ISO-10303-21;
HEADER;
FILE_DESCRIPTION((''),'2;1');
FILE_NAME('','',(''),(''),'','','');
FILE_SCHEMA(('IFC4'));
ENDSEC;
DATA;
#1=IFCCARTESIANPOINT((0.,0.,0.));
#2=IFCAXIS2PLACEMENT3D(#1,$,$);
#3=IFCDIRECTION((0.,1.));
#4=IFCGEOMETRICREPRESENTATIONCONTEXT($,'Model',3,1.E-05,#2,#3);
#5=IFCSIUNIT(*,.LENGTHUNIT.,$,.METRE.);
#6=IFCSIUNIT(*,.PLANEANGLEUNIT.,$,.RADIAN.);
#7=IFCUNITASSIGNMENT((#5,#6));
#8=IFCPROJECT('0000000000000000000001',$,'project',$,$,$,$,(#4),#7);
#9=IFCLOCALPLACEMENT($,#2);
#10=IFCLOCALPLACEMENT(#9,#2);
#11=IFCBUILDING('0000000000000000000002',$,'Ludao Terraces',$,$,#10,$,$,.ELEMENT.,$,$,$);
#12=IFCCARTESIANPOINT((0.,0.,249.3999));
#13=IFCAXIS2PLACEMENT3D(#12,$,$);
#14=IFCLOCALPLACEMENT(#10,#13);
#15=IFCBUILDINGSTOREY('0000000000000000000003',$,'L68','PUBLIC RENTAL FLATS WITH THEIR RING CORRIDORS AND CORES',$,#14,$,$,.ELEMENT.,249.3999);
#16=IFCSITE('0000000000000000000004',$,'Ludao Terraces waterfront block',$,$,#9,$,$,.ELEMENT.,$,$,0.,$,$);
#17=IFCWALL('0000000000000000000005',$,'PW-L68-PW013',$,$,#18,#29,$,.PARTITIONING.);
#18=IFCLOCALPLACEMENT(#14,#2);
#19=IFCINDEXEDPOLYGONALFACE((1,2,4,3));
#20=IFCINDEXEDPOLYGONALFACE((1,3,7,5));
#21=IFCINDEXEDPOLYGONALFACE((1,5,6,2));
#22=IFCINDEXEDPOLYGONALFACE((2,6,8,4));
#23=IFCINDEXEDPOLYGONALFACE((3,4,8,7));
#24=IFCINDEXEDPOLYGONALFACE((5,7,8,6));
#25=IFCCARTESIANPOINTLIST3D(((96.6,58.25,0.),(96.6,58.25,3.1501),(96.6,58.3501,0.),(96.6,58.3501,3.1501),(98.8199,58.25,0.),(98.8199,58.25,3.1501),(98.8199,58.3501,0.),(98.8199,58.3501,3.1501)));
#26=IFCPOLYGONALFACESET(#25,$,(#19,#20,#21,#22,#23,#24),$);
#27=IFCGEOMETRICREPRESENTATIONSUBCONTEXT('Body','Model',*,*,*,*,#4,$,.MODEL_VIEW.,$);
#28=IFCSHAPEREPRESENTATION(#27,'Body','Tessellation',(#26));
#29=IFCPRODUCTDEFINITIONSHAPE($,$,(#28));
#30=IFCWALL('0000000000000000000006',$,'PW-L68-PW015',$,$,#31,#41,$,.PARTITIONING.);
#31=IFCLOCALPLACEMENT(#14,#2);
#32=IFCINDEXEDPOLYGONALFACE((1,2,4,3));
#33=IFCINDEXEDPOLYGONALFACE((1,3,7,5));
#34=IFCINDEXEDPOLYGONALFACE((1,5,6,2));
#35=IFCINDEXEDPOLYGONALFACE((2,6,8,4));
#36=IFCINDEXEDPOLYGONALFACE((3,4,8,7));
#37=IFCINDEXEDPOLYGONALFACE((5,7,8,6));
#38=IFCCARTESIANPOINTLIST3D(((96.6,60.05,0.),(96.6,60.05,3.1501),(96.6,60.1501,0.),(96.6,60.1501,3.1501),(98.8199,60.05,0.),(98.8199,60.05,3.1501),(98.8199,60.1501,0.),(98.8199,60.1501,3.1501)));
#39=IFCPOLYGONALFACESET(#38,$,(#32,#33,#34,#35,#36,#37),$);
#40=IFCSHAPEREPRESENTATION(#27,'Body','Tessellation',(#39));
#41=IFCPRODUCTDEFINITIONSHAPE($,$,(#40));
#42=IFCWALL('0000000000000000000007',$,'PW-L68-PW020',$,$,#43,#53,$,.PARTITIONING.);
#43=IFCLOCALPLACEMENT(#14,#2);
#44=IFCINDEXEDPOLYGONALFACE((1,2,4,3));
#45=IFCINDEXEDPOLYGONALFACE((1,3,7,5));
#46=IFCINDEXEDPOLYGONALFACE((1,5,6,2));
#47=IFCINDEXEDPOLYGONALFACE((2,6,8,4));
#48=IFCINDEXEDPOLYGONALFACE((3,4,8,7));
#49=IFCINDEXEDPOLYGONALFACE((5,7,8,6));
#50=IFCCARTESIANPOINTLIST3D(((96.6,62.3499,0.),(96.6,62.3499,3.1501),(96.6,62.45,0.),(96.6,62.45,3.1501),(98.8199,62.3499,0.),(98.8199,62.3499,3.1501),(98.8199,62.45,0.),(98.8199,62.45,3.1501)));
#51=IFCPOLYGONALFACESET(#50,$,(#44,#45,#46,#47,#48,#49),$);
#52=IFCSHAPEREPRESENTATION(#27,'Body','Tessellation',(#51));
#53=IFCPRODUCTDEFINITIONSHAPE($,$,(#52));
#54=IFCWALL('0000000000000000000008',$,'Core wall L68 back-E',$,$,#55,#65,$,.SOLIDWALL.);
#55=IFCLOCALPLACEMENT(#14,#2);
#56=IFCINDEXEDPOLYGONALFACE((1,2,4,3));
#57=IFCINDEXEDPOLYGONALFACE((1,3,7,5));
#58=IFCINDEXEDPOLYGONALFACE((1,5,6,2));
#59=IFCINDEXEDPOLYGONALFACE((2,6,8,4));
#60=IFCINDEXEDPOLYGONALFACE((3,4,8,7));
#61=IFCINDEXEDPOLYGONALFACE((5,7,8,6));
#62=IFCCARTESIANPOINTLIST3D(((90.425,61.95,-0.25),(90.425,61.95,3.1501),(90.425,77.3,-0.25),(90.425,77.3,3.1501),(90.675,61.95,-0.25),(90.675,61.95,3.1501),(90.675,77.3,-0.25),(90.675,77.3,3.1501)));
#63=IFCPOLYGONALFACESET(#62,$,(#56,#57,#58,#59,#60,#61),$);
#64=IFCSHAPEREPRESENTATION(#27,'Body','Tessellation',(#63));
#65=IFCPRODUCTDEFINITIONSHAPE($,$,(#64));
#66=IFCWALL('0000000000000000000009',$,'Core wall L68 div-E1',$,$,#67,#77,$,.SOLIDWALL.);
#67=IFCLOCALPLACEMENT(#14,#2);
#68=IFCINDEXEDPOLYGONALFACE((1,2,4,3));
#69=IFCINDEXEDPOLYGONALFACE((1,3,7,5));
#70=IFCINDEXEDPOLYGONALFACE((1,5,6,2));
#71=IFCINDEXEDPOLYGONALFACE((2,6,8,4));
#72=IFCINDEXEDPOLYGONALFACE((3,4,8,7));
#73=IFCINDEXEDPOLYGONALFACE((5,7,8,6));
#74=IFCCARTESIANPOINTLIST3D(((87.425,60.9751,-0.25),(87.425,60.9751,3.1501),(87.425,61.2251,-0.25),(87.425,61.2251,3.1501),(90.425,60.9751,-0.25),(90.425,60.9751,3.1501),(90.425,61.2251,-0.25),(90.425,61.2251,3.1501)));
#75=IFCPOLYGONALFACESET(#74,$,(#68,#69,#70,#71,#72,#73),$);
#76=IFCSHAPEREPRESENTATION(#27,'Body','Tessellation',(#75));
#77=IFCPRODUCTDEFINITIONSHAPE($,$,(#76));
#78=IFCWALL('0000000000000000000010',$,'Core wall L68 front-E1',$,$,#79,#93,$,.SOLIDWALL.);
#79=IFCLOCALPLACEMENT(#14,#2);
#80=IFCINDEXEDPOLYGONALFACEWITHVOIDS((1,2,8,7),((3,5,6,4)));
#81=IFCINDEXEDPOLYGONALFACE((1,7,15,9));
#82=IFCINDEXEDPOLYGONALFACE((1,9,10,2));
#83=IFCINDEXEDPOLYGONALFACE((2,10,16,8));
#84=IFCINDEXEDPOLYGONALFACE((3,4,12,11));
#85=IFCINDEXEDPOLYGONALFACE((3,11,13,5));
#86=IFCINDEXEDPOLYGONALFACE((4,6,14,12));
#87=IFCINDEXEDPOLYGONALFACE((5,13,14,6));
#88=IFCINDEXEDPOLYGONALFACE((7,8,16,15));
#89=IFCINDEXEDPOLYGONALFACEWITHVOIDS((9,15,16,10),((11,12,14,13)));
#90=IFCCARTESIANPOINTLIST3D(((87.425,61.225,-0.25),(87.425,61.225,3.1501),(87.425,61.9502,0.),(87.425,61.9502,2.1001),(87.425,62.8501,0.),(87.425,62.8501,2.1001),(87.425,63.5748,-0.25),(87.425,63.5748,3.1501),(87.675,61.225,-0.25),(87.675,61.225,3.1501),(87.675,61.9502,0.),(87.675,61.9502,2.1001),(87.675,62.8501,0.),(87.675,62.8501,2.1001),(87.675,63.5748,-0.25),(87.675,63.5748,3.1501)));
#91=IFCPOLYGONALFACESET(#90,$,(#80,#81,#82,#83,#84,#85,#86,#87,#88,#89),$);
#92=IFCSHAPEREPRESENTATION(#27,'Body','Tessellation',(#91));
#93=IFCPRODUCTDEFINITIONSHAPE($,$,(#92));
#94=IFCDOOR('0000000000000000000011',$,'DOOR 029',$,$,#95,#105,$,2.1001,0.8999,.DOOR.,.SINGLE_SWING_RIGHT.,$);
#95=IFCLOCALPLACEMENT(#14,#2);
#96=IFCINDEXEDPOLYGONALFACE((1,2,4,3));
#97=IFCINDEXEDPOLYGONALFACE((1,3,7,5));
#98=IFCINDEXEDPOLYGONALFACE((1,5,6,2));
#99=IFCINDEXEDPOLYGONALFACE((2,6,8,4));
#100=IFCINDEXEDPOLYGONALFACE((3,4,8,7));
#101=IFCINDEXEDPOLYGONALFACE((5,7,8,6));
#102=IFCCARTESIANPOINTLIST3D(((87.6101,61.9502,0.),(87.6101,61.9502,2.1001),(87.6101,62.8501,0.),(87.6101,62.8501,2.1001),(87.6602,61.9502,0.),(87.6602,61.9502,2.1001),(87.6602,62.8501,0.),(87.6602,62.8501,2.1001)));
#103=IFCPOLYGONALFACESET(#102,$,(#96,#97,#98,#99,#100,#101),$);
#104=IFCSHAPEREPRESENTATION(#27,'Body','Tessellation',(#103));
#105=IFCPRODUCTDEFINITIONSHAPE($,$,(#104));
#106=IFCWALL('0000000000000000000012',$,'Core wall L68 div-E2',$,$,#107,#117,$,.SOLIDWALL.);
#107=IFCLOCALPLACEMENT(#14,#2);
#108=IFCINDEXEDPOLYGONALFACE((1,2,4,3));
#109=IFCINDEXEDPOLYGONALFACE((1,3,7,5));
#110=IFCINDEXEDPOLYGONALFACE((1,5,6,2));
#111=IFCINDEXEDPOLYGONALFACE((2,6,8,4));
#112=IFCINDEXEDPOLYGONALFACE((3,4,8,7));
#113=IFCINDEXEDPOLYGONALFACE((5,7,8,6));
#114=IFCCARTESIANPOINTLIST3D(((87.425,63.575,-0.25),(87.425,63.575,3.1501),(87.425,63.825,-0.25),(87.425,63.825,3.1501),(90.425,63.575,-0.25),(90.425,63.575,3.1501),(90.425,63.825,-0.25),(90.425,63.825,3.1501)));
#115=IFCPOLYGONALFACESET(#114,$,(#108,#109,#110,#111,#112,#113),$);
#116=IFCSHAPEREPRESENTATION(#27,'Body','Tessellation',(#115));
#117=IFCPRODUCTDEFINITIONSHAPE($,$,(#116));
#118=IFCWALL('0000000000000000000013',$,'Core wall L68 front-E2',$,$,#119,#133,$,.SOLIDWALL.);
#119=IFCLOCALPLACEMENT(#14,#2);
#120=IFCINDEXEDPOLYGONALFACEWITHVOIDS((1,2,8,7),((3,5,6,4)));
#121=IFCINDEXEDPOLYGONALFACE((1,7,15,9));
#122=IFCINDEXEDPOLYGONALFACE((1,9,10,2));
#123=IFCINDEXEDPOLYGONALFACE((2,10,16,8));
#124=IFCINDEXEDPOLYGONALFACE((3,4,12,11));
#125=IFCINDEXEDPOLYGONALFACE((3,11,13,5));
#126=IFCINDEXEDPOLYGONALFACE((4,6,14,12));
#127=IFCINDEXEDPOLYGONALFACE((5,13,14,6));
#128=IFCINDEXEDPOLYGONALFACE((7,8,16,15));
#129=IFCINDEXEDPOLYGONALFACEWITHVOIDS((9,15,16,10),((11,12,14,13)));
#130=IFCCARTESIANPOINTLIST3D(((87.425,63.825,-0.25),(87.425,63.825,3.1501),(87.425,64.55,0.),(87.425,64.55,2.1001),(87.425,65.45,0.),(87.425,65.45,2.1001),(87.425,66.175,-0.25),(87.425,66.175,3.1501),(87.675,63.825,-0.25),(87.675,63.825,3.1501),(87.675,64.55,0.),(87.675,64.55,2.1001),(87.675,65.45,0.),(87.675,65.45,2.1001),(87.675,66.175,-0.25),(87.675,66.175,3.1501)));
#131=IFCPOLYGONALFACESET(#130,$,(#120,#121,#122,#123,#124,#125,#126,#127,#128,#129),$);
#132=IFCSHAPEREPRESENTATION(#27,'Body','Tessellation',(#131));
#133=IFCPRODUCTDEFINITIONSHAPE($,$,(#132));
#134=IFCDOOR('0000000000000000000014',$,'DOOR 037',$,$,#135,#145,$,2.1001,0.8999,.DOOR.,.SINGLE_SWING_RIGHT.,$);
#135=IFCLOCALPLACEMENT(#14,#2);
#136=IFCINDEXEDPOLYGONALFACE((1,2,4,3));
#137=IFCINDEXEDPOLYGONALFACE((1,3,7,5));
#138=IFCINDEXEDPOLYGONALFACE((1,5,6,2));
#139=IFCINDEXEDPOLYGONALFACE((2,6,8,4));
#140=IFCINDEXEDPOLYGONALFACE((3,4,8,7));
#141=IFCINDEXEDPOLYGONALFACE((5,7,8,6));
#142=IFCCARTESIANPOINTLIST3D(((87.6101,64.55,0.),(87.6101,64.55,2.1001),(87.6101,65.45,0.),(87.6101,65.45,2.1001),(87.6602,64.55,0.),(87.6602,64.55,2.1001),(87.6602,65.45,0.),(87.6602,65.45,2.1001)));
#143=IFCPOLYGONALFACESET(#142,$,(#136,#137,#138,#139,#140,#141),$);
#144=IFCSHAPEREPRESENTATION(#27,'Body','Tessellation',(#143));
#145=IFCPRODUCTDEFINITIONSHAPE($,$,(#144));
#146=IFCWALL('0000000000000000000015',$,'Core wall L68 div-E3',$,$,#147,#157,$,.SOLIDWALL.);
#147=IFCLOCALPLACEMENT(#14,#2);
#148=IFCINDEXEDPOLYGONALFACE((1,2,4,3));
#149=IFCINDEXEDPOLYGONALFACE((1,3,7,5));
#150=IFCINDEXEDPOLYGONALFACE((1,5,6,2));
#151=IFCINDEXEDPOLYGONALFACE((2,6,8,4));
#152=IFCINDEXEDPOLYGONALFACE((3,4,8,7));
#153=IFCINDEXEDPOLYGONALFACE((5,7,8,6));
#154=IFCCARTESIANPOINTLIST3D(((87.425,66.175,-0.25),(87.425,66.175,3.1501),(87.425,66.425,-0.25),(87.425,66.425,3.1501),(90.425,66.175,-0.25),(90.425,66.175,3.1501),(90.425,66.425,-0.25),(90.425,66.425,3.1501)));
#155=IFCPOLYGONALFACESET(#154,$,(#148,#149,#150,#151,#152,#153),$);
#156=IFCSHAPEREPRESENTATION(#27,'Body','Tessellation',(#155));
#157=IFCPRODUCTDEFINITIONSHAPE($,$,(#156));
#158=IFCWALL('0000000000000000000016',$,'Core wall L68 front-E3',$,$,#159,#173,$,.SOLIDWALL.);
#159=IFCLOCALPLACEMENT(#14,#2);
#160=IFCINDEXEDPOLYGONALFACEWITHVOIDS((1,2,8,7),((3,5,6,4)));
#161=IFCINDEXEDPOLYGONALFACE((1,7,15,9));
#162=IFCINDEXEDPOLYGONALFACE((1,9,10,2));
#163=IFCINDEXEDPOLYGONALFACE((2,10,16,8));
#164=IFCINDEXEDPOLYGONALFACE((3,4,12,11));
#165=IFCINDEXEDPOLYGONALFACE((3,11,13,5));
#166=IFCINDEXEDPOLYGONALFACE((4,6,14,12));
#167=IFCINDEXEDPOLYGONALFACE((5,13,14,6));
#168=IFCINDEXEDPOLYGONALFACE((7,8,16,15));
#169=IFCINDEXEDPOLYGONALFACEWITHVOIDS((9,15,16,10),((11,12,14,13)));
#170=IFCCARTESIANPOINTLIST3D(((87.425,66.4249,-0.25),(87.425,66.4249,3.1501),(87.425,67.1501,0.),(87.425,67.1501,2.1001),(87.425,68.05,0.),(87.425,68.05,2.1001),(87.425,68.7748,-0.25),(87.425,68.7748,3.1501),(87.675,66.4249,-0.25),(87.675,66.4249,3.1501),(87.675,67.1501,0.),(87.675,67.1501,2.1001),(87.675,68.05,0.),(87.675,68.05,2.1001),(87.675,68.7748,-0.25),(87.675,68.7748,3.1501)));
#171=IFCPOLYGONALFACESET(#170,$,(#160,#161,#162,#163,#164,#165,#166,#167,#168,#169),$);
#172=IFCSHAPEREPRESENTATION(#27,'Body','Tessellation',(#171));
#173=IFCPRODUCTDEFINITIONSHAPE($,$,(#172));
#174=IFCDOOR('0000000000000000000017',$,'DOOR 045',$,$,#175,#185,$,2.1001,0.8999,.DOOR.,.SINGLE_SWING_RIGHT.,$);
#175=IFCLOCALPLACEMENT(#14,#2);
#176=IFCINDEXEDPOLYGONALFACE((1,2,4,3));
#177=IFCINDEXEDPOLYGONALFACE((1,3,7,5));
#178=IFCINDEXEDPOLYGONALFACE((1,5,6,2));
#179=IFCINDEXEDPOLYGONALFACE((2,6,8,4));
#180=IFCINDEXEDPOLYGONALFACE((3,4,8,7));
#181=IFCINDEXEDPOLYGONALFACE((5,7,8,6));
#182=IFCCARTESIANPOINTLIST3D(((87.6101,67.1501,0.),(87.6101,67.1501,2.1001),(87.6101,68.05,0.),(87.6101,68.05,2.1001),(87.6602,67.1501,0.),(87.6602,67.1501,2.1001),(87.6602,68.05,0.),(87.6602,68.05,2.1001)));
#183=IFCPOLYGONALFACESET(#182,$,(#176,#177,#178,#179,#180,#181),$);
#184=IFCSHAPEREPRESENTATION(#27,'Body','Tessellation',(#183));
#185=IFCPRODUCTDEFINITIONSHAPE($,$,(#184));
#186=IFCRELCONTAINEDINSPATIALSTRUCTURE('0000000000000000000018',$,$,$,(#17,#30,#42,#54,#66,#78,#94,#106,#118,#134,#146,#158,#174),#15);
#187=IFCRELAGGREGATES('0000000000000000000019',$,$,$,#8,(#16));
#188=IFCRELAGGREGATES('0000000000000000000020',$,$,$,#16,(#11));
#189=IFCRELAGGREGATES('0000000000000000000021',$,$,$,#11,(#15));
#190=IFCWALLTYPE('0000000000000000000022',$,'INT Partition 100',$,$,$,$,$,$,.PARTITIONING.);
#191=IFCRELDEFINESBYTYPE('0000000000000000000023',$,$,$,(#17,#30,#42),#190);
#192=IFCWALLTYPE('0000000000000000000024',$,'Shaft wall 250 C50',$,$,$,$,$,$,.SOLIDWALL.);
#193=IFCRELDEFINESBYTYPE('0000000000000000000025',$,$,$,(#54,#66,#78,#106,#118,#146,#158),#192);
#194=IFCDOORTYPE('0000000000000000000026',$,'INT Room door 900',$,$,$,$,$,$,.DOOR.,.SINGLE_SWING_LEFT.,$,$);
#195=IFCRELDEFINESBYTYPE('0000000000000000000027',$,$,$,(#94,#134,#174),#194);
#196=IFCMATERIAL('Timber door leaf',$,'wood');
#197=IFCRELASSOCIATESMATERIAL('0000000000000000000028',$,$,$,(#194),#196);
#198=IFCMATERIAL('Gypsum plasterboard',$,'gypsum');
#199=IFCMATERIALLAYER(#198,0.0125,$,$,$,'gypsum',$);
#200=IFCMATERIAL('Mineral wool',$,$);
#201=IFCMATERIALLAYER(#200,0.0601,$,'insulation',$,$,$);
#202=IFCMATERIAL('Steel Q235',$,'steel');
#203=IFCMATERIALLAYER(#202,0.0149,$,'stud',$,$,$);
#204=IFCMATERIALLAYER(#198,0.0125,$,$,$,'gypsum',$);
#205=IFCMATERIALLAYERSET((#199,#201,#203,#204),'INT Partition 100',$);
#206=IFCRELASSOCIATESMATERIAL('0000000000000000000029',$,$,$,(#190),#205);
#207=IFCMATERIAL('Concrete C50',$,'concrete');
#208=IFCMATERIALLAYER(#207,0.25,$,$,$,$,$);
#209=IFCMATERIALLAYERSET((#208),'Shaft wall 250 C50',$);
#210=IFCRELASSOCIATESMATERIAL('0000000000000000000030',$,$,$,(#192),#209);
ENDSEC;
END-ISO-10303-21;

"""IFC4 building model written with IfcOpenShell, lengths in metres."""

from ifc_helpers import new_model, si_unit, direction, frame, frame_2d, origin, place, context, subcontext, project, spatial, rectangle, extrude, material, layer, layer_set, type_object, element, fill, save


model = new_model("IFC4")

# Units and contexts
model_context = context("Model", 3, precision=1e-05, world=origin(), true_north=direction((0.0, 1.0)))
body_context = subcontext(model_context, "Body", "Model", "MODEL_VIEW")
ifc_project = project(units=[si_unit("LENGTHUNIT", "METRE"), si_unit("PLANEANGLEUNIT", "RADIAN")], contexts=[model_context])

# Site, building, storey
site_placement = place(None, origin())
site = spatial("IfcSite", under=ifc_project, at=site_placement, Name="Ludao Terraces waterfront block", CompositionType="ELEMENT", RefElevation=0.0)
building_placement = place(site_placement, origin())
building = spatial("IfcBuilding", under=site, at=building_placement, Name="Ludao Terraces", CompositionType="ELEMENT")
storey_placement = place(building_placement, frame((0.0, 0.0, 249.3999)))
storey = spatial("IfcBuildingStorey", under=building, at=storey_placement, Name="L68", Description="PUBLIC RENTAL FLATS WITH THEIR RING CORRIDORS AND CORES", CompositionType="ELEMENT", Elevation=249.3999)

# Shared definitions
ifc_material_1 = material(Name="Concrete C50", Category="concrete")
ifc_material_2 = material(Name="Steel Q235", Category="steel")
ifc_material_3 = material(Name="Timber door leaf", Category="wood")
door_type_1 = type_object("IfcDoorType", Name="INT Room door 900", OperationType="SINGLE_SWING_LEFT", PredefinedType="DOOR", material=ifc_material_3)

# Shared definitions
ifc_material_4 = material(Name="Mineral wool")

# Walls
ifc_material_5 = material(Name="Gypsum plasterboard", Category="gypsum")
ifc_layer_1 = layer(ifc_material_5, 0.0125, Category="gypsum")
ifc_layer_2 = layer(ifc_material_4, 0.0601, Name="insulation")
ifc_layer_3 = layer(ifc_material_2, 0.0149, Name="stud")
ifc_layer_4 = layer(ifc_material_5, 0.0125, Category="gypsum")
ifc_layer_set_1 = layer_set([ifc_layer_1, ifc_layer_2, ifc_layer_3, ifc_layer_4], Name="INT Partition 100")
wall_type_1 = type_object("IfcWallType", Name="INT Partition 100", PredefinedType="PARTITIONING", material=ifc_layer_set_1)
for number, where, z_axis, x_axis, name in (
    (1, (96.6001, 58.3, 0.0), (0.0, 0.0, 1.0), (1.0, 0.0, 0.0), "PW-L68-PW013"),
    (2, (96.6001, 60.1001, 0.0), (0.0, 0.0, 1.0), (1.0, 0.0, 0.0), "PW-L68-PW015"),
    (3, (96.6001, 62.3999, 0.0), (0.0, 0.0, 1.0), (1.0, 0.0, 0.0), "PW-L68-PW020"),
):
    element("IfcWall", number, at=place(storey_placement, frame(where, z_axis=z_axis, x_axis=x_axis)), inside=storey, type_object=wall_type_1, Name=name, PredefinedType="PARTITIONING", context=body_context, shape_type="SweptSolid", body=[
        extrude(rectangle(XDim=2.22, YDim=0.1001, at=frame_2d((1.1099, 0.0))), origin(), (0.0, 0.0, 1.0), 3.1501),
    ])
ifc_layer_5 = layer(ifc_material_1, 0.25)
ifc_layer_set_2 = layer_set([ifc_layer_5], Name="Shaft wall 250 C50")
wall_type_2 = type_object("IfcWallType", Name="Shaft wall 250 C50", PredefinedType="SOLIDWALL", material=ifc_layer_set_2)
wall_1_placement = place(storey_placement, frame((90.55, 61.95, -0.25), z_axis=(0.0, 0.0, 1.0), x_axis=(0.0, 1.0, 0.0)))
element("IfcWall", 4, at=wall_1_placement, inside=storey, type_object=wall_type_2, Name="Core wall L68 back-E", PredefinedType="SOLIDWALL", context=body_context, shape_type="SweptSolid", body=[
    extrude(rectangle(XDim=15.3501, YDim=0.25, at=frame_2d((7.675, 0.0))), origin(), (0.0, 0.0, 1.0), 3.4001),
])
wall_2_placement = place(storey_placement, frame((87.425, 61.1001, -0.25), z_axis=(0.0, 0.0, 1.0), x_axis=(1.0, 0.0, 0.0)))
element("IfcWall", 5, at=wall_2_placement, inside=storey, type_object=wall_type_2, Name="Core wall L68 div-E1", PredefinedType="SOLIDWALL", context=body_context, shape_type="SweptSolid", body=[
    extrude(rectangle(XDim=3.0, YDim=0.25, at=frame_2d((1.5, 0.0))), origin(), (0.0, 0.0, 1.0), 3.4001),
])

# Wall, opening, door
wall_3_placement = place(storey_placement, frame((87.55, 61.2251, -0.25), z_axis=(0.0, 0.0, 1.0), x_axis=(0.0, 1.0, 0.0)))
wall_3 = element("IfcWall", 6, at=wall_3_placement, inside=storey, type_object=wall_type_2, Name="Core wall L68 front-E1", PredefinedType="SOLIDWALL", context=body_context, shape_type="SweptSolid", body=[
    extrude(rectangle(XDim=2.3499, YDim=0.25, at=frame_2d((1.1748, 0.0))), origin(), (0.0, 0.0, 1.0), 3.4001),
])
opening_1_placement = place(wall_3_placement, frame((0.7251, 0.0, 0.25)))
opening_1 = element("IfcOpeningElement", 7, at=opening_1_placement, cuts=wall_3, PredefinedType="OPENING", context=body_context, shape_type="SweptSolid", body=[
    extrude(rectangle(XDim=0.8999, YDim=2.1001, at=frame_2d((0.45, 1.05))), frame((0.0, 0.135, 0.0), z_axis=(0.0, -1.0, 0.0), x_axis=(1.0, 0.0, 0.0)), (0.0, 0.0, 1.0), 0.27),
])
door_1_placement = place(opening_1_placement, origin())
door_1 = element("IfcDoor", 8, at=door_1_placement, inside=storey, type_object=door_type_1, Name="DOOR 029", OperationType="SINGLE_SWING_RIGHT", OverallHeight=2.1001, OverallWidth=0.8999, PredefinedType="DOOR", context=body_context, shape_type="SweptSolid", body=[
    extrude(rectangle(XDim=0.8999, YDim=2.1001, at=frame_2d((0.45, 1.05))), frame((0.0, -0.0601, 0.0), z_axis=(0.0, -1.0, 0.0), x_axis=(1.0, 0.0, 0.0)), (0.0, 0.0, 1.0), 0.05),
])
fill(opening_1, door_1)

# Wall
wall_4_placement = place(storey_placement, frame((87.425, 63.7, -0.25), z_axis=(0.0, 0.0, 1.0), x_axis=(1.0, 0.0, 0.0)))
element("IfcWall", 9, at=wall_4_placement, inside=storey, type_object=wall_type_2, Name="Core wall L68 div-E2", PredefinedType="SOLIDWALL", context=body_context, shape_type="SweptSolid", body=[
    extrude(rectangle(XDim=3.0, YDim=0.25, at=frame_2d((1.5, 0.0))), origin(), (0.0, 0.0, 1.0), 3.4001),
])

# Wall, opening, door
wall_5_placement = place(storey_placement, frame((87.55, 63.825, -0.25), z_axis=(0.0, 0.0, 1.0), x_axis=(0.0, 1.0, 0.0)))
wall_5 = element("IfcWall", 10, at=wall_5_placement, inside=storey, type_object=wall_type_2, Name="Core wall L68 front-E2", PredefinedType="SOLIDWALL", context=body_context, shape_type="SweptSolid", body=[
    extrude(rectangle(XDim=2.3501, YDim=0.25, at=frame_2d((1.175, 0.0))), origin(), (0.0, 0.0, 1.0), 3.4001),
])
opening_2_placement = place(wall_5_placement, frame((0.7251, 0.0, 0.25)))
opening_2 = element("IfcOpeningElement", 11, at=opening_2_placement, cuts=wall_5, PredefinedType="OPENING", context=body_context, shape_type="SweptSolid", body=[
    extrude(rectangle(XDim=0.8999, YDim=2.1001, at=frame_2d((0.45, 1.05))), frame((0.0, 0.135, 0.0), z_axis=(0.0, -1.0, 0.0), x_axis=(1.0, 0.0, 0.0)), (0.0, 0.0, 1.0), 0.27),
])
door_2_placement = place(opening_2_placement, origin())
door_2 = element("IfcDoor", 12, at=door_2_placement, inside=storey, type_object=door_type_1, Name="DOOR 037", OperationType="SINGLE_SWING_RIGHT", OverallHeight=2.1001, OverallWidth=0.8999, PredefinedType="DOOR", context=body_context, shape_type="SweptSolid", body=[
    extrude(rectangle(XDim=0.8999, YDim=2.1001, at=frame_2d((0.45, 1.05))), frame((0.0, -0.0601, 0.0), z_axis=(0.0, -1.0, 0.0), x_axis=(1.0, 0.0, 0.0)), (0.0, 0.0, 1.0), 0.05),
])
fill(opening_2, door_2)

# Wall
wall_6_placement = place(storey_placement, frame((87.425, 66.3, -0.25), z_axis=(0.0, 0.0, 1.0), x_axis=(1.0, 0.0, 0.0)))
element("IfcWall", 13, at=wall_6_placement, inside=storey, type_object=wall_type_2, Name="Core wall L68 div-E3", PredefinedType="SOLIDWALL", context=body_context, shape_type="SweptSolid", body=[
    extrude(rectangle(XDim=3.0, YDim=0.25, at=frame_2d((1.5, 0.0))), origin(), (0.0, 0.0, 1.0), 3.4001),
])

# Wall, opening, door
wall_7_placement = place(storey_placement, frame((87.55, 66.425, -0.25), z_axis=(0.0, 0.0, 1.0), x_axis=(0.0, 1.0, 0.0)))
wall_7 = element("IfcWall", 14, at=wall_7_placement, inside=storey, type_object=wall_type_2, Name="Core wall L68 front-E3", PredefinedType="SOLIDWALL", context=body_context, shape_type="SweptSolid", body=[
    extrude(rectangle(XDim=2.3499, YDim=0.25, at=frame_2d((1.1748, 0.0))), origin(), (0.0, 0.0, 1.0), 3.4001),
])
opening_3_placement = place(wall_7_placement, frame((0.7251, 0.0, 0.25)))
opening_3 = element("IfcOpeningElement", 15, at=opening_3_placement, cuts=wall_7, PredefinedType="OPENING", context=body_context, shape_type="SweptSolid", body=[
    extrude(rectangle(XDim=0.8999, YDim=2.1001, at=frame_2d((0.45, 1.05))), frame((0.0, 0.135, 0.0), z_axis=(0.0, -1.0, 0.0), x_axis=(1.0, 0.0, 0.0)), (0.0, 0.0, 1.0), 0.27),
])
door_3_placement = place(opening_3_placement, origin())
door_3 = element("IfcDoor", 16, at=door_3_placement, inside=storey, type_object=door_type_1, Name="DOOR 045", OperationType="SINGLE_SWING_RIGHT", OverallHeight=2.1001, OverallWidth=0.8999, PredefinedType="DOOR", context=body_context, shape_type="SweptSolid", body=[
    extrude(rectangle(XDim=0.8999, YDim=2.1001, at=frame_2d((0.45, 1.05))), frame((0.0, -0.0601, 0.0), z_axis=(0.0, -1.0, 0.0), x_axis=(1.0, 0.0, 0.0)), (0.0, 0.0, 1.0), 0.05),
])
fill(opening_3, door_3)

save(model, "model.ifc")
